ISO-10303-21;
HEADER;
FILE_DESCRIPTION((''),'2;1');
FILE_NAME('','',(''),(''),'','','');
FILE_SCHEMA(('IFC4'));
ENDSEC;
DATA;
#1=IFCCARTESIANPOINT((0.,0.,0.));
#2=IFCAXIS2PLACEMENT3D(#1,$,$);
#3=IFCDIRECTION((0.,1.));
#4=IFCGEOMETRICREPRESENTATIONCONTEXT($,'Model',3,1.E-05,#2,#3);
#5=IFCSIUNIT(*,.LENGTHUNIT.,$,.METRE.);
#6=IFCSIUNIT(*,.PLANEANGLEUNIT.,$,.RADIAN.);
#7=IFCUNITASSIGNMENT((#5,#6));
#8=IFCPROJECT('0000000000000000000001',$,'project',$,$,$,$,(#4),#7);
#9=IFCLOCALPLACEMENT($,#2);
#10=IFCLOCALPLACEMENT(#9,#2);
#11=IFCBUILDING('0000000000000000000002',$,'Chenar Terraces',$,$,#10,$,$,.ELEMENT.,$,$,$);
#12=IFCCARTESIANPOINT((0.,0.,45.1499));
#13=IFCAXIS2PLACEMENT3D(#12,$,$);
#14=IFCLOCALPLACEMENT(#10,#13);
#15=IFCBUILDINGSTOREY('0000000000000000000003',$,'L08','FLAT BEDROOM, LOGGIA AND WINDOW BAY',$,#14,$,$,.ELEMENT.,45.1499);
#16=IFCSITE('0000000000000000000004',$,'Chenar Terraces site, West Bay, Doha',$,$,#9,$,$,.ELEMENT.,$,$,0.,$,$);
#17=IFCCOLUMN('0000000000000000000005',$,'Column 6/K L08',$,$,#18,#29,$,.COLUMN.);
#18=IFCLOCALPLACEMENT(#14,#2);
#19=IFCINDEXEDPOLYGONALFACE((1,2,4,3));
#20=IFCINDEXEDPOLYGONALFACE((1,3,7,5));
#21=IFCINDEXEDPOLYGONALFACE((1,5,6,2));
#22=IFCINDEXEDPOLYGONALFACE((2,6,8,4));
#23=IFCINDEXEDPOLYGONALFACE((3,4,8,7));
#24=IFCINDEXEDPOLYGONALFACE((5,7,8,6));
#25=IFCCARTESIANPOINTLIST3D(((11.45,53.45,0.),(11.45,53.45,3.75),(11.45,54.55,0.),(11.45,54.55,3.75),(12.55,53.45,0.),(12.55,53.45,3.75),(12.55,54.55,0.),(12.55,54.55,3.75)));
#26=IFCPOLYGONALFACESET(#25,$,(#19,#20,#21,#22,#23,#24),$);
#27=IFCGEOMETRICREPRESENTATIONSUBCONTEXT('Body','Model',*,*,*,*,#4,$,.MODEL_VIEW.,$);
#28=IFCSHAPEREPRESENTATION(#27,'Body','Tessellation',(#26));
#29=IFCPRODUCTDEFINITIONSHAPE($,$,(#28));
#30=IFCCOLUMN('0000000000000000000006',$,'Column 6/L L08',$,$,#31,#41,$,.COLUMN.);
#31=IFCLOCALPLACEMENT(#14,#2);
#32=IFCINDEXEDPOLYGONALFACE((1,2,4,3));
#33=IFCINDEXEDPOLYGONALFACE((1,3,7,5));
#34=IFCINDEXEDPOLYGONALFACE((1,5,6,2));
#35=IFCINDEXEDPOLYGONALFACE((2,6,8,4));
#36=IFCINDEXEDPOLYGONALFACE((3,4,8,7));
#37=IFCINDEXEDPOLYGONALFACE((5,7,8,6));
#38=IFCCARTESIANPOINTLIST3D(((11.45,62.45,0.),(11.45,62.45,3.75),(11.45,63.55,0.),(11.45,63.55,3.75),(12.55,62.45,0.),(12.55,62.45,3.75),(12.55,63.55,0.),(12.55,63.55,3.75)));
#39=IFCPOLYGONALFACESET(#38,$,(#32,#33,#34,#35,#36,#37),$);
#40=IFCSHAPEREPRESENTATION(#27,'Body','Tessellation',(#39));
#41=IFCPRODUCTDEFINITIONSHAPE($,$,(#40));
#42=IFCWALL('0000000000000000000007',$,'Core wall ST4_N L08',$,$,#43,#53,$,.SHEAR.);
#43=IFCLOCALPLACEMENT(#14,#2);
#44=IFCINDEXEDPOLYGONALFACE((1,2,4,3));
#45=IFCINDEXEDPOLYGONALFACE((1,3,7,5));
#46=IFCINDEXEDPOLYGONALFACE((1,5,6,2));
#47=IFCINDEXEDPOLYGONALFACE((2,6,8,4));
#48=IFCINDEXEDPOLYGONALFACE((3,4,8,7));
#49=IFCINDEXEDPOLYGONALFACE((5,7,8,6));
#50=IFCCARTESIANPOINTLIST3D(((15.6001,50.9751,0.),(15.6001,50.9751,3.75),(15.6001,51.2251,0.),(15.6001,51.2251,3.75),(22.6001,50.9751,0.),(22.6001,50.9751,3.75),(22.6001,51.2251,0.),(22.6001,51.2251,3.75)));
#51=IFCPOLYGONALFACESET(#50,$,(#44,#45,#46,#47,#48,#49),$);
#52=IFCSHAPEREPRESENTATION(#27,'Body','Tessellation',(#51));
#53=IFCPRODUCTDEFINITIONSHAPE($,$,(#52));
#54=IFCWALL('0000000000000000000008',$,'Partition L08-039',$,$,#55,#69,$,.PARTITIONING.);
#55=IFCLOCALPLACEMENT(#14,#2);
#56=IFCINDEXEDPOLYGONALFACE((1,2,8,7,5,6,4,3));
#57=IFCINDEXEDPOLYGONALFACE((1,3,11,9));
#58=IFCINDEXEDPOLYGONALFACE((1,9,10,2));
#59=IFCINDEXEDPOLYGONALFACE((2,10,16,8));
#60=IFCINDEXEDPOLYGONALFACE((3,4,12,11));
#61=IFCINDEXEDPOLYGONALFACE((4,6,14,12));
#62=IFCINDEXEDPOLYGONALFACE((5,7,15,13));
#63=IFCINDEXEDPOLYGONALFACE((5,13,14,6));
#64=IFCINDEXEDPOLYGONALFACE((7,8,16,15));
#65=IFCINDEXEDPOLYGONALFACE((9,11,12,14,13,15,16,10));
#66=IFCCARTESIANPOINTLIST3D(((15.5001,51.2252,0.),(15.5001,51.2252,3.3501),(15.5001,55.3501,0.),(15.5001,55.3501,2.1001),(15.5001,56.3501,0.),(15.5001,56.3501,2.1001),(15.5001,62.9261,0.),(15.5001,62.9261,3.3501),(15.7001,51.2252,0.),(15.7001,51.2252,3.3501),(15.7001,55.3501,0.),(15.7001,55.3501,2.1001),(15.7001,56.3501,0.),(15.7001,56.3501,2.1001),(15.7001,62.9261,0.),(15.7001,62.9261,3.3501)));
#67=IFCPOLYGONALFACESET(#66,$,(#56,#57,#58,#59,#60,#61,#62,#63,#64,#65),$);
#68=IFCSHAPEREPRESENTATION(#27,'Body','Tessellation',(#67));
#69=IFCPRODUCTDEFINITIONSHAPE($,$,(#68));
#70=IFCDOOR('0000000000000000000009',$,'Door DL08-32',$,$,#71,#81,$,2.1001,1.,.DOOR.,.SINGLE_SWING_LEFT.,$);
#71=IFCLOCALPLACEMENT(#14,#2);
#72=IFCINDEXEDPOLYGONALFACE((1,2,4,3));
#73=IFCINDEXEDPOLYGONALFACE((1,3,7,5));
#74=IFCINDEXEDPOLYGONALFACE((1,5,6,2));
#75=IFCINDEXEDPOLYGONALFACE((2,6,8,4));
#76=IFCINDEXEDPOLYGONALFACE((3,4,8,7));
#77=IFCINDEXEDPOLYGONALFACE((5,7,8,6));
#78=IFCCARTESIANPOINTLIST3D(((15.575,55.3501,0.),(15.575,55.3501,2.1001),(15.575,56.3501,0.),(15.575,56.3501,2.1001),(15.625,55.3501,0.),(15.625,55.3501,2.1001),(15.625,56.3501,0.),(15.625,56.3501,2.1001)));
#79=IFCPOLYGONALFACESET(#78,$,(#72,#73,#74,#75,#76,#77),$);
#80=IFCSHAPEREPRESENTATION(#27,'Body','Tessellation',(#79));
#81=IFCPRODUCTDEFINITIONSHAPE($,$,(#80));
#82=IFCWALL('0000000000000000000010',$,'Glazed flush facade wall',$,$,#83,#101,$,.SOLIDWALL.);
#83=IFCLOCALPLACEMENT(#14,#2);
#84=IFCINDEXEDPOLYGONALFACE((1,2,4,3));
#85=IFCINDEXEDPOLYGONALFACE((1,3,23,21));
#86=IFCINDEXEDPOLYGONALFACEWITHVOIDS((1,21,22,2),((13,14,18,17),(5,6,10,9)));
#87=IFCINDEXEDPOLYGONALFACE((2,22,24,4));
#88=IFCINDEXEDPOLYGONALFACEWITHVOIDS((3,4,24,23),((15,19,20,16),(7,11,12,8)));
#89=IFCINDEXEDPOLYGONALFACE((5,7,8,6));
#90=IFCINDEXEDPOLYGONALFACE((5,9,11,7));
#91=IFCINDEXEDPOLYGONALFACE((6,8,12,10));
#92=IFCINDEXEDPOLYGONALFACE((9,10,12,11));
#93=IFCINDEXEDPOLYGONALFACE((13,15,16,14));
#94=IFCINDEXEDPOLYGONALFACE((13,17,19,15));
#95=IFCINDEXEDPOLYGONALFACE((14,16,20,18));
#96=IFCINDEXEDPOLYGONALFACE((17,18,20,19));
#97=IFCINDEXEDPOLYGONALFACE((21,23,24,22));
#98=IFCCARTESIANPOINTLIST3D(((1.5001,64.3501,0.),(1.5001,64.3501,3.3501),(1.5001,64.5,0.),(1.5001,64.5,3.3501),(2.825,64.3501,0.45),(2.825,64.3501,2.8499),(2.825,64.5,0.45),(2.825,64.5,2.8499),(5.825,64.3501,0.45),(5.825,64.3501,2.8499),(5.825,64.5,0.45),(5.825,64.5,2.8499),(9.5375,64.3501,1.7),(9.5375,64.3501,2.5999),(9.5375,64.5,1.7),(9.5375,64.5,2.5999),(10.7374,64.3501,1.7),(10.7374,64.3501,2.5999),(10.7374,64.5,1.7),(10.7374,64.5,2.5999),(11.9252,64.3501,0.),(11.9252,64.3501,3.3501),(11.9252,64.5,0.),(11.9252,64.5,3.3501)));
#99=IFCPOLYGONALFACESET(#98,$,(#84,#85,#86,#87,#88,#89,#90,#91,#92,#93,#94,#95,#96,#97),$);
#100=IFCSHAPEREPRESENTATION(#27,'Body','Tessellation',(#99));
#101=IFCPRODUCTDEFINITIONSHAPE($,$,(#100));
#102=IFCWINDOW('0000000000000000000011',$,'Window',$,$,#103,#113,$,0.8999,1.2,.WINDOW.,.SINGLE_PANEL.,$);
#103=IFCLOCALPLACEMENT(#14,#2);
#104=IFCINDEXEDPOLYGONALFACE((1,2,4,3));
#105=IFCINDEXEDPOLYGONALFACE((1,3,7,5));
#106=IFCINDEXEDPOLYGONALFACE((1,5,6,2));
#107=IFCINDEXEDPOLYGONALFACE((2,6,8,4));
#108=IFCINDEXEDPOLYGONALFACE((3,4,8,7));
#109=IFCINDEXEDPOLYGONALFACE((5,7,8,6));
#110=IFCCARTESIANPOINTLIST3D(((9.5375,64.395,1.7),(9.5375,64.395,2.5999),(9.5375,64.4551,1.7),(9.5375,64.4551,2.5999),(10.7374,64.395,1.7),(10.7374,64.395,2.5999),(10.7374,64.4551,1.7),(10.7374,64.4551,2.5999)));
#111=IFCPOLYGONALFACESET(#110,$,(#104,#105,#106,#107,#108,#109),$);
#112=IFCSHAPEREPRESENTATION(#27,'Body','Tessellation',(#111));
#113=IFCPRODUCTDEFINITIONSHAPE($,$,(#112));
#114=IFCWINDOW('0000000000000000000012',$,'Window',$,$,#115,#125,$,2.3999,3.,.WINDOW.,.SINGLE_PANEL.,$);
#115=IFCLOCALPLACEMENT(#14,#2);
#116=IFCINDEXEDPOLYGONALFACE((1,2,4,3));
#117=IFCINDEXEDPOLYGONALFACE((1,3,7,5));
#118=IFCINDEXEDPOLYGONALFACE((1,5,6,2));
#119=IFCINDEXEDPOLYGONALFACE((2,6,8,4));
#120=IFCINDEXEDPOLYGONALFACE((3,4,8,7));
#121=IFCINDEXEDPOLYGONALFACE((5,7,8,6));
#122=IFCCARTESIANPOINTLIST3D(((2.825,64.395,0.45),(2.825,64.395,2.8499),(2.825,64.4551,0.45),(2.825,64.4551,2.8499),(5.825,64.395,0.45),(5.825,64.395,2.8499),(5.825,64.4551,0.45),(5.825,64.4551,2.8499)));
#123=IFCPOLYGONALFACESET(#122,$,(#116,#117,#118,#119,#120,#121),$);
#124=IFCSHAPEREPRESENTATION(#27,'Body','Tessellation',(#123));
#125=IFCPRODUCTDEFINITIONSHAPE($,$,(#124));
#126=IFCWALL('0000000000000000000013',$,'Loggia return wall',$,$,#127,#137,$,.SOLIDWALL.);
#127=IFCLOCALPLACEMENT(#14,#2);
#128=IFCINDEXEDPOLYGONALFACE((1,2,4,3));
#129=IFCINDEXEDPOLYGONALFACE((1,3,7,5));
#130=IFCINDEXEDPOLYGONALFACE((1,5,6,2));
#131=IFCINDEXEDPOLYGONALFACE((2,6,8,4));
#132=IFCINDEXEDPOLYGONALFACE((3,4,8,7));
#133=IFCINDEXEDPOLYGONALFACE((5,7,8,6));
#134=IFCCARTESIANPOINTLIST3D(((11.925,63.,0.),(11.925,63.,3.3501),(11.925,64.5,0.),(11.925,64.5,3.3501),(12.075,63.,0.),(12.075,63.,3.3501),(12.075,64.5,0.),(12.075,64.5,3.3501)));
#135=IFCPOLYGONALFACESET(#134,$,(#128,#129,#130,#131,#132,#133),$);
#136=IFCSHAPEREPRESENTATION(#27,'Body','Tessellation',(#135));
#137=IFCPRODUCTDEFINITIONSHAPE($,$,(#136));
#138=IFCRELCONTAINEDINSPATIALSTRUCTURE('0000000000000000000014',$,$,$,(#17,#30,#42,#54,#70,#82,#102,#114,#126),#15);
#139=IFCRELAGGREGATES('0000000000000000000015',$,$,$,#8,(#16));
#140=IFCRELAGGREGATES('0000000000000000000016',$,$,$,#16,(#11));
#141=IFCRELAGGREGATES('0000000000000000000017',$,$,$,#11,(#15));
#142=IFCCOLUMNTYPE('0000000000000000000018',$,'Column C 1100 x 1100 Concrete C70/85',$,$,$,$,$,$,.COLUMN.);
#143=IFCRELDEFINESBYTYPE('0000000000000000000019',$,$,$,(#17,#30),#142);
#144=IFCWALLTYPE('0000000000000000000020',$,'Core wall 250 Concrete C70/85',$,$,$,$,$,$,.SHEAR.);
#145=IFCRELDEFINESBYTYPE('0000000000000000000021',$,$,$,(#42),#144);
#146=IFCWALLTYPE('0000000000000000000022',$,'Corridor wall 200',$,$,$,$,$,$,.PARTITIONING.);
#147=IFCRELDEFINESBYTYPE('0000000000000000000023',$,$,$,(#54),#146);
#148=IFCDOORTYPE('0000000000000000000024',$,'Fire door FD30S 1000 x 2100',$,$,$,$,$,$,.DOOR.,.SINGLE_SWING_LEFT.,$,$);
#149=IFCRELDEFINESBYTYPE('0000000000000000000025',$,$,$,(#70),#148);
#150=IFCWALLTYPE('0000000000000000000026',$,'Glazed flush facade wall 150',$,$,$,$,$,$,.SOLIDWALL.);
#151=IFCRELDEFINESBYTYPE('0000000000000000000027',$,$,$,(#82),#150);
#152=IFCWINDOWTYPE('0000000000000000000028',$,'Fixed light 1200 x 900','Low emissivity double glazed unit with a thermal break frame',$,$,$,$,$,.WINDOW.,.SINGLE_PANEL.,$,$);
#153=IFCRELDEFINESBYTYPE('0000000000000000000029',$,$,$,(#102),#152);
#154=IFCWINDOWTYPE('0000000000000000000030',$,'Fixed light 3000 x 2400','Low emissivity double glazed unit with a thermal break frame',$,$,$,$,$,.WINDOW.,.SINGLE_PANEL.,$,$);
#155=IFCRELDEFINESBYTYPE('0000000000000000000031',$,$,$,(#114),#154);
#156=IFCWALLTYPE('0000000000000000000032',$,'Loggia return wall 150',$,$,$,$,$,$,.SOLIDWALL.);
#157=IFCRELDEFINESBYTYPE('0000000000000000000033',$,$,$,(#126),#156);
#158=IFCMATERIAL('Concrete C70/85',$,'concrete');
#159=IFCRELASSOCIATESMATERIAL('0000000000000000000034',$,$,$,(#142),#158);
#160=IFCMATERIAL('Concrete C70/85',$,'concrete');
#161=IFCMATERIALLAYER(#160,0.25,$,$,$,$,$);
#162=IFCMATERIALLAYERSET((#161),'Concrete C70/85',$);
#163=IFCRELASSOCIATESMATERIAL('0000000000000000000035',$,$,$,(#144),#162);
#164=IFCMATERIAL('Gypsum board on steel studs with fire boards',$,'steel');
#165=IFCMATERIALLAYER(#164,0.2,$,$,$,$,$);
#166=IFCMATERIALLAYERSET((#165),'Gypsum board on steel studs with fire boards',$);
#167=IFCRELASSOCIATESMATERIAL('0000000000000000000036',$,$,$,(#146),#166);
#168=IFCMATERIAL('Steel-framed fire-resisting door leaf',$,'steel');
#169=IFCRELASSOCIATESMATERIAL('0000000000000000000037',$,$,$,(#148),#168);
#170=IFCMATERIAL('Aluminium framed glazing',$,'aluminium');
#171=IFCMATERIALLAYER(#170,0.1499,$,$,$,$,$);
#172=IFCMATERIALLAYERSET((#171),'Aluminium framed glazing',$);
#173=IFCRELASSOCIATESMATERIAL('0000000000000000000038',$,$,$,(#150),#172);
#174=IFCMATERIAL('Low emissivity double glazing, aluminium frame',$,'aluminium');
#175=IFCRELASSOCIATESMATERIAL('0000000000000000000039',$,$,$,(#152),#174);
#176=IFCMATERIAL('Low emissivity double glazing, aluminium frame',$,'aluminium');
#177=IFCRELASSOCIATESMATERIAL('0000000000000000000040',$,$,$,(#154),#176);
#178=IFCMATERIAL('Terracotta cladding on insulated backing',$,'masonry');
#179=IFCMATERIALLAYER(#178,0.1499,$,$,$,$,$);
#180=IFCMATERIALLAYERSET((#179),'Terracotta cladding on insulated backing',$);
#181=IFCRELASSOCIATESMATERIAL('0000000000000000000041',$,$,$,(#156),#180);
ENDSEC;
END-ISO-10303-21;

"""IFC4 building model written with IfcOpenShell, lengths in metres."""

from ifc_helpers import new_model, si_unit, direction, frame, frame_2d, origin, origin_2d, place, context, subcontext, project, spatial, rectangle, extrude, material, layer, layer_set, material_profile, profile_set, type_object, element, fill, save


model = new_model("IFC4")

# Units and contexts
model_context = context("Model", 3, precision=1e-05, world=origin(), true_north=direction((0.0, 1.0)))
body_context = subcontext(model_context, "Body", "Model", "MODEL_VIEW")
ifc_project = project(units=[si_unit("LENGTHUNIT", "METRE"), si_unit("PLANEANGLEUNIT", "RADIAN")], contexts=[model_context])

# Site, building, storey
site_placement = place(None, origin())
site = spatial("IfcSite", under=ifc_project, at=site_placement, Name="Chenar Terraces site, West Bay, Doha", CompositionType="ELEMENT", RefElevation=0.0)
building_placement = place(site_placement, origin())
building = spatial("IfcBuilding", under=site, at=building_placement, Name="Chenar Terraces", CompositionType="ELEMENT")
storey_placement = place(building_placement, frame((0.0, 0.0, 45.1499)))
storey = spatial("IfcBuildingStorey", under=building, at=storey_placement, Name="L08", Description="FLAT BEDROOM, LOGGIA AND WINDOW BAY", CompositionType="ELEMENT", Elevation=45.1499)

# Columns
ifc_material_1 = material(Name="Concrete C70/85", Category="concrete")
ifc_material_profile = material_profile(ifc_material_1, rectangle(XDim=1.1001, YDim=1.1001, at=origin_2d()), Name="C 1100 x 1100")
ifc_profile_set = profile_set([ifc_material_profile], Name="Concrete C70/85")
column_type = type_object("IfcColumnType", Name="Column C 1100 x 1100 Concrete C70/85", PredefinedType="COLUMN", material=ifc_profile_set)
for number, where, z_axis, x_axis, name in (
    (1, (12.0, 54.0, 0.0), (0.0, 0.0, 1.0), (1.0, 0.0, 0.0), "Column 6/K L08"),
    (2, (12.0, 63.0, 0.0), (0.0, 0.0, 1.0), (1.0, 0.0, 0.0), "Column 6/L L08"),
):
    element("IfcColumn", number, at=place(storey_placement, frame(where, z_axis=z_axis, x_axis=x_axis)), inside=storey, type_object=column_type, Name=name, PredefinedType="COLUMN", context=body_context, shape_type="SweptSolid", body=[
        extrude(rectangle(XDim=1.1001, YDim=1.1001, at=origin_2d()), origin(), (0.0, 0.0, 1.0), 3.75),
    ])

# Wall
ifc_material_2 = material(Name="Concrete C70/85", Category="concrete")
ifc_layer_1 = layer(ifc_material_2, 0.25)
ifc_layer_set_1 = layer_set([ifc_layer_1], Name="Concrete C70/85")
wall_type_1 = type_object("IfcWallType", Name="Core wall 250 Concrete C70/85", PredefinedType="SHEAR", material=ifc_layer_set_1)
wall_1_placement = place(storey_placement, frame((15.6001, 51.1001, 0.0), z_axis=(0.0, 0.0, 1.0), x_axis=(1.0, 0.0, 0.0)))
element("IfcWall", 3, at=wall_1_placement, inside=storey, type_object=wall_type_1, Name="Core wall ST4_N L08", PredefinedType="SHEAR", context=body_context, shape_type="SweptSolid", body=[
    extrude(rectangle(XDim=7.0, YDim=0.25, at=frame_2d((3.5, 0.0))), origin(), (0.0, 0.0, 1.0), 3.75),
])

# Wall, opening, door
ifc_material_3 = material(Name="Gypsum board on steel studs with fire boards", Category="steel")
ifc_layer_2 = layer(ifc_material_3, 0.2)
ifc_layer_set_2 = layer_set([ifc_layer_2], Name="Gypsum board on steel studs with fire boards")
wall_type_2 = type_object("IfcWallType", Name="Corridor wall 200", PredefinedType="PARTITIONING", material=ifc_layer_set_2)
wall_2_placement = place(storey_placement, frame((15.6001, 51.2251, 0.0), z_axis=(0.0, 0.0, 1.0), x_axis=(0.0, 1.0, 0.0)))
wall_2 = element("IfcWall", 4, at=wall_2_placement, inside=storey, type_object=wall_type_2, Name="Partition L08-039", PredefinedType="PARTITIONING", context=body_context, shape_type="SweptSolid", body=[
    extrude(rectangle(XDim=11.7009, YDim=0.2, at=frame_2d((5.8506, 0.0))), origin(), (0.0, 0.0, 1.0), 3.3501),
])
opening_1_placement = place(wall_2_placement, frame((4.125, 0.0, 0.0)))
opening_1 = element("IfcOpeningElement", 5, at=opening_1_placement, cuts=wall_2, PredefinedType="OPENING", context=body_context, shape_type="SweptSolid", body=[
    extrude(rectangle(XDim=1.0, YDim=2.1001, at=frame_2d((0.5, 1.05))), frame((0.0, 0.1099, 0.0), z_axis=(0.0, -1.0, 0.0), x_axis=(1.0, 0.0, 0.0)), (0.0, 0.0, 1.0), 0.22),
])
ifc_material_4 = material(Name="Steel-framed fire-resisting door leaf", Category="steel")
door_type_1 = type_object("IfcDoorType", Name="Fire door FD30S 1000 x 2100", OperationType="SINGLE_SWING_LEFT", PredefinedType="DOOR", material=ifc_material_4)
door_1_placement = place(opening_1_placement, frame((1.0, 0.0, 0.0), z_axis=(0.0, 0.0, 1.0), x_axis=(-1.0, 0.0, 0.0)))
door_1 = element("IfcDoor", 6, at=door_1_placement, inside=storey, type_object=door_type_1, Name="Door DL08-32", OperationType="SINGLE_SWING_LEFT", OverallHeight=2.1001, OverallWidth=1.0, PredefinedType="DOOR", context=body_context, shape_type="SweptSolid", body=[
    extrude(rectangle(XDim=1.0, YDim=2.1001, at=frame_2d((0.5, 1.05))), frame((0.0, 0.0249, 0.0), z_axis=(0.0, -1.0, 0.0), x_axis=(1.0, 0.0, 0.0)), (0.0, 0.0, 1.0), 0.05),
])
fill(opening_1, door_1)

# Wall, openings, windows
ifc_material_5 = material(Name="Aluminium framed glazing", Category="aluminium")
ifc_layer_3 = layer(ifc_material_5, 0.1499)
ifc_layer_set_3 = layer_set([ifc_layer_3], Name="Aluminium framed glazing")
wall_type_3 = type_object("IfcWallType", Name="Glazed flush facade wall 150", PredefinedType="SOLIDWALL", material=ifc_layer_set_3)
wall_3_placement = place(storey_placement, frame((11.925, 64.425, 0.0), z_axis=(0.0, 0.0, 1.0), x_axis=(-1.0, 0.0, 0.0)))
wall_3 = element("IfcWall", 7, at=wall_3_placement, inside=storey, type_object=wall_type_3, Name="Glazed flush facade wall", PredefinedType="SOLIDWALL", context=body_context, shape_type="SweptSolid", body=[
    extrude(rectangle(XDim=10.425, YDim=0.1499, at=frame_2d((5.2124, 0.0))), origin(), (0.0, 0.0, 1.0), 3.3501),
])
opening_2_placement = place(wall_3_placement, frame((1.1875, 0.0, 1.7)))
opening_2 = element("IfcOpeningElement", 8, at=opening_2_placement, cuts=wall_3, PredefinedType="OPENING", context=body_context, shape_type="SweptSolid", body=[
    extrude(rectangle(XDim=1.2, YDim=0.8999, at=frame_2d((0.6001, 0.45))), frame((0.0, 0.085, 0.0), z_axis=(0.0, -1.0, 0.0), x_axis=(1.0, 0.0, 0.0)), (0.0, 0.0, 1.0), 0.1699),
])
opening_3_placement = place(wall_3_placement, frame((6.1001, 0.0, 0.45)))
opening_3 = element("IfcOpeningElement", 9, at=opening_3_placement, cuts=wall_3, PredefinedType="OPENING", context=body_context, shape_type="SweptSolid", body=[
    extrude(rectangle(XDim=3.0, YDim=2.3999, at=frame_2d((1.5, 1.2))), frame((0.0, 0.085, 0.0), z_axis=(0.0, -1.0, 0.0), x_axis=(1.0, 0.0, 0.0)), (0.0, 0.0, 1.0), 0.1699),
])
ifc_material_6 = material(Name="Low emissivity double glazing, aluminium frame", Category="aluminium")
window_type_1 = type_object("IfcWindowType", Name="Fixed light 1200 x 900", Description="Low emissivity double glazed unit with a thermal break frame", PartitioningType="SINGLE_PANEL", PredefinedType="WINDOW", material=ifc_material_6)
window_1_placement = place(opening_2_placement, origin())
window_1 = element("IfcWindow", 10, at=window_1_placement, inside=storey, type_object=window_type_1, Name="Window", OverallHeight=0.8999, OverallWidth=1.2, PartitioningType="SINGLE_PANEL", PredefinedType="WINDOW", context=body_context, shape_type="SweptSolid", body=[
    extrude(rectangle(XDim=1.2, YDim=0.8999, at=frame_2d((0.6001, 0.45))), frame((0.0, 0.03, 0.0), z_axis=(0.0, -1.0, 0.0), x_axis=(1.0, 0.0, 0.0)), (0.0, 0.0, 1.0), 0.0601),
])
fill(opening_2, window_1)
ifc_material_7 = material(Name="Low emissivity double glazing, aluminium frame", Category="aluminium")
window_type_2 = type_object("IfcWindowType", Name="Fixed light 3000 x 2400", Description="Low emissivity double glazed unit with a thermal break frame", PartitioningType="SINGLE_PANEL", PredefinedType="WINDOW", material=ifc_material_7)
window_2_placement = place(opening_3_placement, origin())
window_2 = element("IfcWindow", 11, at=window_2_placement, inside=storey, type_object=window_type_2, Name="Window", OverallHeight=2.3999, OverallWidth=3.0, PartitioningType="SINGLE_PANEL", PredefinedType="WINDOW", context=body_context, shape_type="SweptSolid", body=[
    extrude(rectangle(XDim=3.0, YDim=2.3999, at=frame_2d((1.5, 1.2))), frame((0.0, 0.03, 0.0), z_axis=(0.0, -1.0, 0.0), x_axis=(1.0, 0.0, 0.0)), (0.0, 0.0, 1.0), 0.0601),
])
fill(opening_3, window_2)

# Wall
ifc_material_8 = material(Name="Terracotta cladding on insulated backing", Category="masonry")
ifc_layer_4 = layer(ifc_material_8, 0.1499)
ifc_layer_set_4 = layer_set([ifc_layer_4], Name="Terracotta cladding on insulated backing")
wall_type_4 = type_object("IfcWallType", Name="Loggia return wall 150", PredefinedType="SOLIDWALL", material=ifc_layer_set_4)
wall_4_placement = place(storey_placement, frame((12.0, 64.5, 0.0), z_axis=(0.0, 0.0, 1.0), x_axis=(0.0, -1.0, 0.0)))
element("IfcWall", 12, at=wall_4_placement, inside=storey, type_object=wall_type_4, Name="Loggia return wall", PredefinedType="SOLIDWALL", context=body_context, shape_type="SweptSolid", body=[
    extrude(rectangle(XDim=1.5, YDim=0.1499, at=frame_2d((0.75, 0.0))), origin(), (0.0, 0.0, 1.0), 3.3501),
])

save(model, "model.ifc")
